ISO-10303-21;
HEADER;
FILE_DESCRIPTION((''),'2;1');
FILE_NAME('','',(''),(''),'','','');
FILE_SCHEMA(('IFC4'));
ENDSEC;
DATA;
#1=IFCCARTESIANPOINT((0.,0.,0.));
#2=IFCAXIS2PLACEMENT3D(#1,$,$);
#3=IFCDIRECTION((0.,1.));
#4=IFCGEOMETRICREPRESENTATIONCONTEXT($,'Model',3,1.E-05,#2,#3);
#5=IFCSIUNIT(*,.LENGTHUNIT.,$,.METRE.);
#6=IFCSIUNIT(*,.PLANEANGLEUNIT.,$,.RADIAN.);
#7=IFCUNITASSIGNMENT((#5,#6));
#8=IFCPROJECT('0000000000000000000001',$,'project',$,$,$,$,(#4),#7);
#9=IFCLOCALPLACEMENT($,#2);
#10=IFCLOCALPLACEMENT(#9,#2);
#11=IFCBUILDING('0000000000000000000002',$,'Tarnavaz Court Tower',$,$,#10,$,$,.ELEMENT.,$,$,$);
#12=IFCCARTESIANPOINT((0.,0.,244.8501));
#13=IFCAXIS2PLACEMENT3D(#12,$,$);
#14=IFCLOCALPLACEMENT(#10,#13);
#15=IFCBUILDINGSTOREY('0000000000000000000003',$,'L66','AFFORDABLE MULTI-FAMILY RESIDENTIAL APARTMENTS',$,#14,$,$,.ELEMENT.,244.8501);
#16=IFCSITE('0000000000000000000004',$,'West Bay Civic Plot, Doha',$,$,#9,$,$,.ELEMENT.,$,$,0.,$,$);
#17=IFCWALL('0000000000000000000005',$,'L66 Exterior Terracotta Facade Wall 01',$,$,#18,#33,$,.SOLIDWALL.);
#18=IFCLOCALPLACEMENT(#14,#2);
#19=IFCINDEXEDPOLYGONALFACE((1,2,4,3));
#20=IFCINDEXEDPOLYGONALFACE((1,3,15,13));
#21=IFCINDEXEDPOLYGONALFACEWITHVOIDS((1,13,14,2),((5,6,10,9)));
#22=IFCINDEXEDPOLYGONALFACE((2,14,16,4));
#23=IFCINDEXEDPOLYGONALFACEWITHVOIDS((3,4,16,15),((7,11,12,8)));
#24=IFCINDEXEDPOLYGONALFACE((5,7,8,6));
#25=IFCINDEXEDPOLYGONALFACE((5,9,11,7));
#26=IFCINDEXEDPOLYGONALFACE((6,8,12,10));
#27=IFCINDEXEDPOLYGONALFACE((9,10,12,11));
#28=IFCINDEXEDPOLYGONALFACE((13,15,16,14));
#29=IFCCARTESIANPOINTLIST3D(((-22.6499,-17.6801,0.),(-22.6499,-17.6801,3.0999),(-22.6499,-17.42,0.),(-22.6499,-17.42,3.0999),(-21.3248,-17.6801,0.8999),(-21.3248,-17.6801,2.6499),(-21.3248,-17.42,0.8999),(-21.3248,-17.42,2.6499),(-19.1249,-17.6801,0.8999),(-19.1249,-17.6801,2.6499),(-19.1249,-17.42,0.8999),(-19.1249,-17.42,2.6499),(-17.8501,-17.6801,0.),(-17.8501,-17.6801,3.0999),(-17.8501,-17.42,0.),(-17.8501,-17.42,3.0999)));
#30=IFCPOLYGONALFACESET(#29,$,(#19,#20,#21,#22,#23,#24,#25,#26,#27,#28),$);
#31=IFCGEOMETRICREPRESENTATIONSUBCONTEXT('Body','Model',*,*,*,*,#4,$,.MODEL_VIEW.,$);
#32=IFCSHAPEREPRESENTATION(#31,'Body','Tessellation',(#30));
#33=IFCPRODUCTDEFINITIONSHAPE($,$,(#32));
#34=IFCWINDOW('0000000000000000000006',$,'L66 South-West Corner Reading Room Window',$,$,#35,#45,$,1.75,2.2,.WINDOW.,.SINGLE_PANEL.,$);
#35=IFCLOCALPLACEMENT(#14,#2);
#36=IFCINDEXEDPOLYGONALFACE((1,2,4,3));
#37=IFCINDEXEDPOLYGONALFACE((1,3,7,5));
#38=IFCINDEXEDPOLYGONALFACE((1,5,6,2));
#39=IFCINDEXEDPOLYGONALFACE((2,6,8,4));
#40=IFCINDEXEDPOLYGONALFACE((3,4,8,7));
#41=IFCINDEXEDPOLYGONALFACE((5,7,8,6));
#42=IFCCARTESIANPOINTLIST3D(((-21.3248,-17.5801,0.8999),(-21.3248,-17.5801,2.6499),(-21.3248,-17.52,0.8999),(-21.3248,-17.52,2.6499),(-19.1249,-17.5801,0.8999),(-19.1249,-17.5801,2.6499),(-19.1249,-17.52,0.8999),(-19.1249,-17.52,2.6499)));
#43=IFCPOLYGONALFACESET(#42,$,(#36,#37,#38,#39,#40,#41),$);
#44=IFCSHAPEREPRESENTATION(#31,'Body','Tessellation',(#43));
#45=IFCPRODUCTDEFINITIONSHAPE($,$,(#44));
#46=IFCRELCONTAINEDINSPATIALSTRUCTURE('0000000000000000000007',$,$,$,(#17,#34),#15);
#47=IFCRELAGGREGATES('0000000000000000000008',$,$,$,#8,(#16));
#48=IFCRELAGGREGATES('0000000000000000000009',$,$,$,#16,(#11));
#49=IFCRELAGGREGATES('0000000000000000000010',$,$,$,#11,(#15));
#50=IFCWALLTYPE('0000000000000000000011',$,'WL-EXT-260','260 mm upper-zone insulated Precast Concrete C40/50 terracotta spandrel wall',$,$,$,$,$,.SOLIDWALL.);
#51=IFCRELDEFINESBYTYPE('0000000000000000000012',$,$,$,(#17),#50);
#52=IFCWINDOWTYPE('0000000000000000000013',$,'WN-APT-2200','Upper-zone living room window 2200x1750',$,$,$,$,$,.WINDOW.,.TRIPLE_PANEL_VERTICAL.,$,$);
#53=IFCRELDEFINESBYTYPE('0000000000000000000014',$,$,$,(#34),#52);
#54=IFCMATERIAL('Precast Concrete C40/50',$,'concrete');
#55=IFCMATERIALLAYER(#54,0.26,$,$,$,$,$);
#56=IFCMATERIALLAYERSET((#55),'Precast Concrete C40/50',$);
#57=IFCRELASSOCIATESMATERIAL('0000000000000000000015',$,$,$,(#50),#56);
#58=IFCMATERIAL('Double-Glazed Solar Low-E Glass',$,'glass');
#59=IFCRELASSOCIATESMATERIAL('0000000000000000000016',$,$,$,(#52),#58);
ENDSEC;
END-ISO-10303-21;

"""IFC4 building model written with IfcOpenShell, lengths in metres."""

from ifc_helpers import new_model, si_unit, direction, frame, frame_2d, origin, place, context, subcontext, project, spatial, rectangle, extrude, material, layer, layer_set, type_object, element, fill, save


model = new_model("IFC4")

# Units and contexts
model_context = context("Model", 3, precision=1e-05, world=origin(), true_north=direction((0.0, 1.0)))
body_context = subcontext(model_context, "Body", "Model", "MODEL_VIEW")
ifc_project = project(units=[si_unit("LENGTHUNIT", "METRE"), si_unit("PLANEANGLEUNIT", "RADIAN")], contexts=[model_context])

# Site, building, storey
site_placement = place(None, origin())
site = spatial("IfcSite", under=ifc_project, at=site_placement, Name="West Bay Civic Plot, Doha", CompositionType="ELEMENT", RefElevation=0.0)
building_placement = place(site_placement, origin())
building = spatial("IfcBuilding", under=site, at=building_placement, Name="Tarnavaz Court Tower", CompositionType="ELEMENT")
storey_placement = place(building_placement, frame((0.0, 0.0, 244.8501)))
storey = spatial("IfcBuildingStorey", under=building, at=storey_placement, Name="L66", Description="AFFORDABLE MULTI-FAMILY RESIDENTIAL APARTMENTS", CompositionType="ELEMENT", Elevation=244.8501)

# Wall, opening, window
ifc_material_1 = material(Name="Precast Concrete C40/50", Category="concrete")
ifc_layer_1 = layer(ifc_material_1, 0.26)
ifc_layer_set_1 = layer_set([ifc_layer_1], Name="Precast Concrete C40/50")
wall_type_1 = type_object("IfcWallType", Name="WL-EXT-260", Description="260 mm upper-zone insulated Precast Concrete C40/50 terracotta spandrel wall", PredefinedType="SOLIDWALL", material=ifc_layer_set_1)
wall_1_placement = place(storey_placement, frame((-17.8501, -17.55, 0.0), z_axis=(0.0, 0.0, 1.0), x_axis=(-1.0, 0.0, 0.0)))
wall_1 = element("IfcWall", 1, at=wall_1_placement, inside=storey, type_object=wall_type_1, Name="L66 Exterior Terracotta Facade Wall 01", PredefinedType="SOLIDWALL", context=body_context, shape_type="SweptSolid", body=[
    extrude(rectangle(XDim=4.7998, YDim=0.26, at=frame_2d((2.3999, 0.0))), origin(), (0.0, 0.0, 1.0), 3.0999),
])
opening_1_placement = place(wall_1_placement, frame((1.2747, 0.0, 0.8999)))
opening_1 = element("IfcOpeningElement", 2, at=opening_1_placement, cuts=wall_1, PredefinedType="OPENING", context=body_context, shape_type="SweptSolid", body=[
    extrude(rectangle(XDim=2.2, YDim=1.75, at=frame_2d((1.1001, 0.875))), frame((0.0, 0.1399, 0.0), z_axis=(0.0, -1.0, 0.0), x_axis=(1.0, 0.0, 0.0)), (0.0, 0.0, 1.0), 0.28),
])
ifc_material_2 = material(Name="Double-Glazed Solar Low-E Glass", Category="glass")
window_type_1 = type_object("IfcWindowType", Name="WN-APT-2200", Description="Upper-zone living room window 2200x1750", PartitioningType="TRIPLE_PANEL_VERTICAL", PredefinedType="WINDOW", material=ifc_material_2)
window_1_placement = place(opening_1_placement, origin())
window_1 = element("IfcWindow", 3, at=window_1_placement, inside=storey, type_object=window_type_1, Name="L66 South-West Corner Reading Room Window", OverallHeight=1.75, OverallWidth=2.2, PartitioningType="SINGLE_PANEL", PredefinedType="WINDOW", context=body_context, shape_type="SweptSolid", body=[
    extrude(rectangle(XDim=2.2, YDim=1.75, at=frame_2d((1.1001, 0.875))), frame((0.0, 0.03, 0.0), z_axis=(0.0, -1.0, 0.0), x_axis=(1.0, 0.0, 0.0)), (0.0, 0.0, 1.0), 0.0601),
])
fill(opening_1, window_1)

save(model, "model.ifc")
